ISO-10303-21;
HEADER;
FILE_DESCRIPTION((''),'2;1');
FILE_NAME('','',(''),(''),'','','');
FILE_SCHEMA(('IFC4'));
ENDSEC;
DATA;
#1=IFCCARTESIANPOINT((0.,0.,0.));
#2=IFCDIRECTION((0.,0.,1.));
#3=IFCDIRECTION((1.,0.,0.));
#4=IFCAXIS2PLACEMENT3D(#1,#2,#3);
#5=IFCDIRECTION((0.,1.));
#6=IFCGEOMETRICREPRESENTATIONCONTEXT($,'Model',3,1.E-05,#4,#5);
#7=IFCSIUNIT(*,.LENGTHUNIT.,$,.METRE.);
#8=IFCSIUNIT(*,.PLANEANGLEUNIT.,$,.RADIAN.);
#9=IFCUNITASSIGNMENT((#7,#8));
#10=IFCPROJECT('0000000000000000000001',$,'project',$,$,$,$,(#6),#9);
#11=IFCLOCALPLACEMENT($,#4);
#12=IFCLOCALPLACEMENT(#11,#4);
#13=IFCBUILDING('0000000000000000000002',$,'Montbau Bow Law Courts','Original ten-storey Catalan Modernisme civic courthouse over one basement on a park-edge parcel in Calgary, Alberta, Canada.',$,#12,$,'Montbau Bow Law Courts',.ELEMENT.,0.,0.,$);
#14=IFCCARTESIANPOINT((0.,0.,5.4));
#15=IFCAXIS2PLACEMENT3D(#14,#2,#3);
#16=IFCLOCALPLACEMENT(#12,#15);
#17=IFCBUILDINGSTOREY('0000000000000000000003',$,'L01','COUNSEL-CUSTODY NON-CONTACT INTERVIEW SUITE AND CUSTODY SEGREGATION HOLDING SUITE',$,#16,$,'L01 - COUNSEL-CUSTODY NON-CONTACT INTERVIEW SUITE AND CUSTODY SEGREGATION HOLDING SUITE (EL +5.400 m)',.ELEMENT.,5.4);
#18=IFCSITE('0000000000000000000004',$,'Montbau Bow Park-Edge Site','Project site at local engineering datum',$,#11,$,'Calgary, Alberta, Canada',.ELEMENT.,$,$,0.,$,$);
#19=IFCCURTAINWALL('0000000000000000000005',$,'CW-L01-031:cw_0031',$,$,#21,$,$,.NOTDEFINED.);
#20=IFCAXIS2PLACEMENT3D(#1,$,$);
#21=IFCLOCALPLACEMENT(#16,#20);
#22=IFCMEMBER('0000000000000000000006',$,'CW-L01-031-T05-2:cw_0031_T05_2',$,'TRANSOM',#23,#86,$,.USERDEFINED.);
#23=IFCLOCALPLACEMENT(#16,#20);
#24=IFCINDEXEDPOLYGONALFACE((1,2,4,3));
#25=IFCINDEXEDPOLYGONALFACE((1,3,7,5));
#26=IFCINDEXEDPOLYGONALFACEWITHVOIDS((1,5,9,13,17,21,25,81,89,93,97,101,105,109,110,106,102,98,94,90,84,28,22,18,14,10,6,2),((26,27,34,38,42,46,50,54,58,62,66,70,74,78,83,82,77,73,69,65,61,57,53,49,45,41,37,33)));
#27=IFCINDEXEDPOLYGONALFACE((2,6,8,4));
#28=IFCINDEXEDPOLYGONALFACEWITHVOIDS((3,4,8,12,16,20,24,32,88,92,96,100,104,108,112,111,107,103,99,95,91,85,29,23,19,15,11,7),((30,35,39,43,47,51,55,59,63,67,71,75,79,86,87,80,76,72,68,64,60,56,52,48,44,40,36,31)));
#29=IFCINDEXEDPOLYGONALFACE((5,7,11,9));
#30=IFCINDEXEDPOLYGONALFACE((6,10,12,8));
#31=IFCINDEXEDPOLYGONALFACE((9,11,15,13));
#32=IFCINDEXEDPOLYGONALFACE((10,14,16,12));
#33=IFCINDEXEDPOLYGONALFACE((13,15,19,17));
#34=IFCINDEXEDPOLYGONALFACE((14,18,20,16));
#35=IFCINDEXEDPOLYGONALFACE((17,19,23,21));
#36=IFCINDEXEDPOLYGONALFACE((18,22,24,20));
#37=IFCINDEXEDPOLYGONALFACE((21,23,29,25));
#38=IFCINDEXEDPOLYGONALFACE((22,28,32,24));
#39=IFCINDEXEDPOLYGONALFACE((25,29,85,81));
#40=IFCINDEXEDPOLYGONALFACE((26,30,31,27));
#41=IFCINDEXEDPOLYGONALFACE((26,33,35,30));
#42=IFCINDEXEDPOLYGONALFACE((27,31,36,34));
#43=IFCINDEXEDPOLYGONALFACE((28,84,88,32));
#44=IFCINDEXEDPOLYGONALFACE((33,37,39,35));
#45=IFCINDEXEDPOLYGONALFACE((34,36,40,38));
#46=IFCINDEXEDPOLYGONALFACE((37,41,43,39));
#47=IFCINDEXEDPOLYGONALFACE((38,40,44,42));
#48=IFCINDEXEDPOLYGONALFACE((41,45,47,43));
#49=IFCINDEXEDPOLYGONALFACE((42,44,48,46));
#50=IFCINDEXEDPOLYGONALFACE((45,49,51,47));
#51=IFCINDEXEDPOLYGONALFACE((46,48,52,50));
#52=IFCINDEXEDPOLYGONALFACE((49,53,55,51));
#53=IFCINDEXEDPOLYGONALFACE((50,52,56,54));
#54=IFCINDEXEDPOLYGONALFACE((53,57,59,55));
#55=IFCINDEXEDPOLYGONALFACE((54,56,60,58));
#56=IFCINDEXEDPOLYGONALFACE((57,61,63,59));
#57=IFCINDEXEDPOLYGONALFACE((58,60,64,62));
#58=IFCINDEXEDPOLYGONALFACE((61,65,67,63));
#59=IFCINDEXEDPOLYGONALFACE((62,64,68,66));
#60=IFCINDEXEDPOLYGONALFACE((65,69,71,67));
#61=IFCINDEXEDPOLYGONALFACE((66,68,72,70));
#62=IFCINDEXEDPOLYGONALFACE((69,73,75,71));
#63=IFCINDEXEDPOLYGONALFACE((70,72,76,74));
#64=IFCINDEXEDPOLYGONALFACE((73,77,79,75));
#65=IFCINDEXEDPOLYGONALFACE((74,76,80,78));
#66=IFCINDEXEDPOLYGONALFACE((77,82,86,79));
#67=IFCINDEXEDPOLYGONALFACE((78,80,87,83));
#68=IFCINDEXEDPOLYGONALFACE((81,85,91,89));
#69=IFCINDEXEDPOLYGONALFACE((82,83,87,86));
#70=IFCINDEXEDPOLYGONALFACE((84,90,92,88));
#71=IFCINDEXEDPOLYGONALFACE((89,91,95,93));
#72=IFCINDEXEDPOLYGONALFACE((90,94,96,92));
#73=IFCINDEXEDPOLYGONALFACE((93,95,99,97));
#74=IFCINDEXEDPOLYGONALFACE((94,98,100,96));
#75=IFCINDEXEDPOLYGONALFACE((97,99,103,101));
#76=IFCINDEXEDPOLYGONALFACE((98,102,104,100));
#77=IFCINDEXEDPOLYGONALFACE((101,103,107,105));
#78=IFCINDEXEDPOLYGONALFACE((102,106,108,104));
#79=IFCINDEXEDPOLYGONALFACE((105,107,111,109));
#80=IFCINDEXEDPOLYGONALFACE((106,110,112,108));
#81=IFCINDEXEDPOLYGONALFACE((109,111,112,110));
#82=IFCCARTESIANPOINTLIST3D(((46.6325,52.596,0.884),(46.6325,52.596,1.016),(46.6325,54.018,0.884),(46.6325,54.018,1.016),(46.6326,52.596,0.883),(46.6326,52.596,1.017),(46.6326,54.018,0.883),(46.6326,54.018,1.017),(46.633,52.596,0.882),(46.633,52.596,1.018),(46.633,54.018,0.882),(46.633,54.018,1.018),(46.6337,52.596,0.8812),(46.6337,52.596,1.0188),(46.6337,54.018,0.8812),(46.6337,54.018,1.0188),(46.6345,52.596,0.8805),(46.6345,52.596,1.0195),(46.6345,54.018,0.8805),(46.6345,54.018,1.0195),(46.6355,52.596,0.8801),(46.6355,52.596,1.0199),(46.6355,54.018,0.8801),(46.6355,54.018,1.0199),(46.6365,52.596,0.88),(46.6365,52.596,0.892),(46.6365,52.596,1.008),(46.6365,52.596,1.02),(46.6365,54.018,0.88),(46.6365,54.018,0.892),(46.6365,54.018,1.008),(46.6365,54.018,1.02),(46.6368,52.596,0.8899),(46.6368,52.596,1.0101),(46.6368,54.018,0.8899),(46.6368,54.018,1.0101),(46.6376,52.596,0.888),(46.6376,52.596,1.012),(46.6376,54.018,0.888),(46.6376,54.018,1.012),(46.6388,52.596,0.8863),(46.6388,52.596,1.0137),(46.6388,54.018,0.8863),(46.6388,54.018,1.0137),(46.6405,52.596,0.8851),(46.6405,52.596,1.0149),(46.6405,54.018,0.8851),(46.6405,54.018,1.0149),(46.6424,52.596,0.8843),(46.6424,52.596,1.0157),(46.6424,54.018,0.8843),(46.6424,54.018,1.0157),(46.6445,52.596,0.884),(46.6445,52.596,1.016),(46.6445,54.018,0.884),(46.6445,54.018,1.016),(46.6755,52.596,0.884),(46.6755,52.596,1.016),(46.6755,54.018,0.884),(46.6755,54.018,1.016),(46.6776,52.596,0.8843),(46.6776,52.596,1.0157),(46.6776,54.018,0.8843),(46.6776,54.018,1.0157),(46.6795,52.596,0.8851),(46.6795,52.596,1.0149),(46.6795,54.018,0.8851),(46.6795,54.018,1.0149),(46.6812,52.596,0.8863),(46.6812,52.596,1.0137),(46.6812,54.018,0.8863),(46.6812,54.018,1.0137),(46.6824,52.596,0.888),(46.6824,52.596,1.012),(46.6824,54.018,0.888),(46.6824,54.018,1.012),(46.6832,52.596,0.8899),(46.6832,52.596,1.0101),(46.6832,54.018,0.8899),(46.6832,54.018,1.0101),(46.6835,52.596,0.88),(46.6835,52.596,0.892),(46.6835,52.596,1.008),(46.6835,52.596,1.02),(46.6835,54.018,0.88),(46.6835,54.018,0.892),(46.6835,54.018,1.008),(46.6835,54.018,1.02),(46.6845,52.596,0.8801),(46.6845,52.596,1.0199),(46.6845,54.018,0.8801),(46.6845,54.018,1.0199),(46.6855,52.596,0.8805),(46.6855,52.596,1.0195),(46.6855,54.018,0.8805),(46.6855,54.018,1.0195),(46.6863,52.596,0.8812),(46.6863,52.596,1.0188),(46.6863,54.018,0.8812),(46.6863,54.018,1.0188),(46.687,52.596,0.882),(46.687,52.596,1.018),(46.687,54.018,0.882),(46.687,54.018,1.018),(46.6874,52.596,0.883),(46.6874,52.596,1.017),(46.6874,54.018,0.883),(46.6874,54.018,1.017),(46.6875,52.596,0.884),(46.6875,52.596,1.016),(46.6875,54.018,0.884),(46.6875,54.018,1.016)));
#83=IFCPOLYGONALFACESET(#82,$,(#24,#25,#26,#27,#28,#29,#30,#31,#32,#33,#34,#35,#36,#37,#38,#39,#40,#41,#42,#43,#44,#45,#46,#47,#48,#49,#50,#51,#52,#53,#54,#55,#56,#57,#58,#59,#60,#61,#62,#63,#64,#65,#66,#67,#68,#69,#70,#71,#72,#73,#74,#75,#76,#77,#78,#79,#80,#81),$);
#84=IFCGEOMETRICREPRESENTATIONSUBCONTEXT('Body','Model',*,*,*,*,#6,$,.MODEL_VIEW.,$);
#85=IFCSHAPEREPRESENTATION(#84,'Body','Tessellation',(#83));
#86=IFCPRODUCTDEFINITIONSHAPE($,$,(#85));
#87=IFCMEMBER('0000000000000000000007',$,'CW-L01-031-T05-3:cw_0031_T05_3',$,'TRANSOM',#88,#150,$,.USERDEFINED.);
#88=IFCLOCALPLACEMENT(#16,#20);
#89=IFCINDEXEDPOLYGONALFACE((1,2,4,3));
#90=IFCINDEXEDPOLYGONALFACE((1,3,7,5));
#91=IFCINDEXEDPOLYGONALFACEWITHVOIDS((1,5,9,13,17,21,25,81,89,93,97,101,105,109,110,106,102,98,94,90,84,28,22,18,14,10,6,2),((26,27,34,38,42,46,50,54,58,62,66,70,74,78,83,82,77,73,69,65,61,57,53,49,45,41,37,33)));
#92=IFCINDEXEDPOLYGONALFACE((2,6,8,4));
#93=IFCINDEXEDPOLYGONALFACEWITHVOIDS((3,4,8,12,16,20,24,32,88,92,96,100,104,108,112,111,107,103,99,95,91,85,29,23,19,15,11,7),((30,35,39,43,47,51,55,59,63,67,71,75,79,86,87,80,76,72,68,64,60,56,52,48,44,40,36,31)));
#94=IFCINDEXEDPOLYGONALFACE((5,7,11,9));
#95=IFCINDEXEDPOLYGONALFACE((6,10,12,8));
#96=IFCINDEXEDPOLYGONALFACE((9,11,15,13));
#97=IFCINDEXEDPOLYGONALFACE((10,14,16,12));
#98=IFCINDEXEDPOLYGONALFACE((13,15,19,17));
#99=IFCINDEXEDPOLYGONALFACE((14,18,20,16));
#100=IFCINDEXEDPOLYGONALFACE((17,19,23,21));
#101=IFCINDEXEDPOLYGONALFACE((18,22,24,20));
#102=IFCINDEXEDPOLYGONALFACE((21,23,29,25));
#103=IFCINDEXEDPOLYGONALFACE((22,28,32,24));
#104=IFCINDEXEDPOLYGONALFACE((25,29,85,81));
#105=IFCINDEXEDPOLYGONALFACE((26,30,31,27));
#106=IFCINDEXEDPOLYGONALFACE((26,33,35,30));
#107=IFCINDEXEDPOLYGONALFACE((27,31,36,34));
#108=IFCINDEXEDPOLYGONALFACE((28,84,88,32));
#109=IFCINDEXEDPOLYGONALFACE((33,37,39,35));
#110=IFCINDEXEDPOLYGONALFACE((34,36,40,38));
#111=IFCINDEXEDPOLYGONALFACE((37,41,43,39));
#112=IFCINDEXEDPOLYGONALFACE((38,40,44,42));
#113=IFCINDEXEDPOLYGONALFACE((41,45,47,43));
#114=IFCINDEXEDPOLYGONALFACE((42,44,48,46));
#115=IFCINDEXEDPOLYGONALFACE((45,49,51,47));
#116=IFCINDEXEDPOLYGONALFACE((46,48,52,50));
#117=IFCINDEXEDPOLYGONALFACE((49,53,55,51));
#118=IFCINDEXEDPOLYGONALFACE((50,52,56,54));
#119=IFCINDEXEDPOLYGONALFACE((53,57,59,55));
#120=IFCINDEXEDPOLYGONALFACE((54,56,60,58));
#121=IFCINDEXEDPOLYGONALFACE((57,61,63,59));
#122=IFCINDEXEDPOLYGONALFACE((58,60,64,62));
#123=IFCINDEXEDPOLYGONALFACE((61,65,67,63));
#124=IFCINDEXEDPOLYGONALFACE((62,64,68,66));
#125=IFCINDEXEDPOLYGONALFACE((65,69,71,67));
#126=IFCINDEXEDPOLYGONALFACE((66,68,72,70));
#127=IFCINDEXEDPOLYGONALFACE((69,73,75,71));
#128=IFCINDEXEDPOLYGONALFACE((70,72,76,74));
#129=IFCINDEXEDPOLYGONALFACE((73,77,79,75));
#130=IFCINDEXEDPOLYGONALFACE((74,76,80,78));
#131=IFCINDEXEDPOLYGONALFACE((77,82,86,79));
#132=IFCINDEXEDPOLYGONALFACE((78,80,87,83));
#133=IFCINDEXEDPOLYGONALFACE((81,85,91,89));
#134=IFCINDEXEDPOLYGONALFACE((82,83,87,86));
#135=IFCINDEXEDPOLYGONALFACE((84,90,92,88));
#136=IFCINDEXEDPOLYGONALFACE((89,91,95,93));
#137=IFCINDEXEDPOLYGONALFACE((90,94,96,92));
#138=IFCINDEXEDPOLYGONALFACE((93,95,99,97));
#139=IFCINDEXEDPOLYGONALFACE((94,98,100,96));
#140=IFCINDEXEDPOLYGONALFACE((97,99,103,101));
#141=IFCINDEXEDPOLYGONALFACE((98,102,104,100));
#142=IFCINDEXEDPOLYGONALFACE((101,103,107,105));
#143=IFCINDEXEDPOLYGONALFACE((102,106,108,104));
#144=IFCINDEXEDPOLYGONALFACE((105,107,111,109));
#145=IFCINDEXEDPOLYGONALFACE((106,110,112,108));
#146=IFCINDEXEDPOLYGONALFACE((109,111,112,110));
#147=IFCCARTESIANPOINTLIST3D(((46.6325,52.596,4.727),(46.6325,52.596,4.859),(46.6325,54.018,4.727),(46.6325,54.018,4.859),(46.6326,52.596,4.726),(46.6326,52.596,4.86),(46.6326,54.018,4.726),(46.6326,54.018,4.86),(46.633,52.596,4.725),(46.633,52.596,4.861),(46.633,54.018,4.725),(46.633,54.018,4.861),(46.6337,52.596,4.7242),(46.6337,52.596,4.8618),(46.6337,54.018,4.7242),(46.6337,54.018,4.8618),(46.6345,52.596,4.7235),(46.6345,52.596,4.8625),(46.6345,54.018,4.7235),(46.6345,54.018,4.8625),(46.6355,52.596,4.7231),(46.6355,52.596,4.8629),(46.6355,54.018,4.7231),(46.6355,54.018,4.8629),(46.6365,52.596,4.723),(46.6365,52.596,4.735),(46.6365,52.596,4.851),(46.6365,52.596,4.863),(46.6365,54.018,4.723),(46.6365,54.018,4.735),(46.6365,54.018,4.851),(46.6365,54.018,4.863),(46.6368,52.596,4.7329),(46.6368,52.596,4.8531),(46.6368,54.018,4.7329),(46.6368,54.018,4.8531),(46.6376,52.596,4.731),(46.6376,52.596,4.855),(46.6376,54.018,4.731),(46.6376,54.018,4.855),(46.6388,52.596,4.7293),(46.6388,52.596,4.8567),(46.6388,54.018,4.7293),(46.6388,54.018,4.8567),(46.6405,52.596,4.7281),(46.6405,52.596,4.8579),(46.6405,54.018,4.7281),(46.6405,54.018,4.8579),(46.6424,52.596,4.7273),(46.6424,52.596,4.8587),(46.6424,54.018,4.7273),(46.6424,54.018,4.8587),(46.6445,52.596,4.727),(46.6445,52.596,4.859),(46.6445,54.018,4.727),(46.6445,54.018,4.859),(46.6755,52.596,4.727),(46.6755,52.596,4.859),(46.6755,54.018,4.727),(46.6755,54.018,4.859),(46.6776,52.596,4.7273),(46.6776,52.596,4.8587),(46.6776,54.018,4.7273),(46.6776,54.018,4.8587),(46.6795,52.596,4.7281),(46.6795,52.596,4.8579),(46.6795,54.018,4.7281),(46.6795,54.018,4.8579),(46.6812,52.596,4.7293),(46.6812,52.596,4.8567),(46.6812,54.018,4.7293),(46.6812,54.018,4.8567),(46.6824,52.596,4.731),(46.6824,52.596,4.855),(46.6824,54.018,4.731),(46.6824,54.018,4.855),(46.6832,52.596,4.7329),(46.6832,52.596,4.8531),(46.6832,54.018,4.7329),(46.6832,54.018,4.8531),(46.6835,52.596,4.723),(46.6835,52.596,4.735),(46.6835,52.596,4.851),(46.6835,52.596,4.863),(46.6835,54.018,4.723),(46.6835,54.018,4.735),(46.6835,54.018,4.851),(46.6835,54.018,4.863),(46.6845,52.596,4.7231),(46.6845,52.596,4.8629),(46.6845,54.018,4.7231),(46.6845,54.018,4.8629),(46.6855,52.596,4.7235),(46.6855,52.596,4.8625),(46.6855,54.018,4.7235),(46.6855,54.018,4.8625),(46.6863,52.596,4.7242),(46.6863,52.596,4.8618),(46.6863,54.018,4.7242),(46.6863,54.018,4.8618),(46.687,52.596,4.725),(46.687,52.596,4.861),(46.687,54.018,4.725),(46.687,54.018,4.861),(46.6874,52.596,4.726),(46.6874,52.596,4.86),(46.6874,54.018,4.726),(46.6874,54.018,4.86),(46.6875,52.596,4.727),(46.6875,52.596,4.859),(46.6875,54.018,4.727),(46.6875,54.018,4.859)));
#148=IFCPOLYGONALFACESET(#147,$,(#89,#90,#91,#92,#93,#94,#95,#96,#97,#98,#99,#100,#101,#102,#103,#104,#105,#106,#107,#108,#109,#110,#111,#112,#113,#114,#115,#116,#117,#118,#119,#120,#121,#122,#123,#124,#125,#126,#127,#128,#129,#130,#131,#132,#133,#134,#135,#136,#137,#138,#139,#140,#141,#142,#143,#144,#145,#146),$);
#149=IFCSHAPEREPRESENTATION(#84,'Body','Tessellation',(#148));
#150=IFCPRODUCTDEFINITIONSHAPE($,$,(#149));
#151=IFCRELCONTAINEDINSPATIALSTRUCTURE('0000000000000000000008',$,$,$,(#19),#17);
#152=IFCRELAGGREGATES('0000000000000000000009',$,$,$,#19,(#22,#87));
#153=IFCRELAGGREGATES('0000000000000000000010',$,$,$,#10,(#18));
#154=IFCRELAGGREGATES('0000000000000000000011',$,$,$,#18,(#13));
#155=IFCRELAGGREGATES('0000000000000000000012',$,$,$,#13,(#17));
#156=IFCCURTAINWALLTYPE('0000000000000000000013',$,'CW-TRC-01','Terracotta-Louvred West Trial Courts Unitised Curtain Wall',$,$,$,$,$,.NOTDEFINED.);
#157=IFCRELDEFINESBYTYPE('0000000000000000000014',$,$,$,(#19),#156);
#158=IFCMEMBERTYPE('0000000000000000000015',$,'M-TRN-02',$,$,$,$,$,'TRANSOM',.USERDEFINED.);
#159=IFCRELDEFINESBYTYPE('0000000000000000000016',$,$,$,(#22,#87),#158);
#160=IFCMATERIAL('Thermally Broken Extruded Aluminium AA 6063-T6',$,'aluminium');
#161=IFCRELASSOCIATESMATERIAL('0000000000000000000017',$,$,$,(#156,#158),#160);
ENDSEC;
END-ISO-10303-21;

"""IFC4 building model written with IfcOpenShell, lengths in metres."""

from ifc_helpers import new_model, si_unit, direction, frame, origin_with_axes, origin_2d_with_axis, place, context, subcontext, project, spatial, hollow_rectangle, extrude, material, material_profile, profile_set, type_object, element, aggregate, save


model = new_model("IFC4")

# Units and contexts
model_context = context("Model", 3, precision=1e-05, world=origin_with_axes(), true_north=direction((0.0, 1.0)))
body_context = subcontext(model_context, "Body", "Model", "MODEL_VIEW")
ifc_project = project(units=[si_unit("LENGTHUNIT", "METRE"), si_unit("PLANEANGLEUNIT", "RADIAN")], contexts=[model_context])

# Site, building, storey
site_placement = place(None, origin_with_axes())
site = spatial("IfcSite", under=ifc_project, at=site_placement, Name="Montbau Bow Park-Edge Site", Description="Project site at local engineering datum", LongName="Calgary, Alberta, Canada", CompositionType="ELEMENT", RefElevation=0.0)
building_placement = place(site_placement, origin_with_axes())
building = spatial("IfcBuilding", under=site, at=building_placement, Name="Montbau Bow Law Courts", Description="Original ten-storey Catalan Modernisme civic courthouse over one basement on a park-edge parcel in Calgary, Alberta, Canada.", LongName="Montbau Bow Law Courts", CompositionType="ELEMENT", ElevationOfRefHeight=0.0, ElevationOfTerrain=0.0)
storey_placement = place(building_placement, frame((0.0, 0.0, 5.4), z_axis=(0.0, 0.0, 1.0), x_axis=(1.0, 0.0, 0.0)))
storey = spatial("IfcBuildingStorey", under=building, at=storey_placement, Name="L01", Description="COUNSEL-CUSTODY NON-CONTACT INTERVIEW SUITE AND CUSTODY SEGREGATION HOLDING SUITE", LongName="L01 - COUNSEL-CUSTODY NON-CONTACT INTERVIEW SUITE AND CUSTODY SEGREGATION HOLDING SUITE (EL +5.400 m)", CompositionType="ELEMENT", Elevation=5.4)

# Curtain wall
ifc_material_1 = material(Name="Thermally Broken Extruded Aluminium AA 6063-T6", Category="aluminium")
curtain_wall_type_1 = type_object("IfcCurtainWallType", Name="CW-TRC-01", Description="Terracotta-Louvred West Trial Courts Unitised Curtain Wall", PredefinedType="NOTDEFINED", material=ifc_material_1)
curtain_wall_1_placement = place(None, frame((46.66, 46.468, 5.4), z_axis=(0.0, 0.0, 1.0), x_axis=(1.0, 0.0, 0.0)))
curtain_wall_1 = element("IfcCurtainWall", 1, at=curtain_wall_1_placement, inside=storey, type_object=curtain_wall_type_1, Name="CW-L01-031:cw_0031", PredefinedType="NOTDEFINED")

# Members
ifc_material_profile_1 = material_profile(ifc_material_1, hollow_rectangle(XDim=0.055, YDim=0.14, WallThickness=0.004, InnerFilletRadius=0.008, OuterFilletRadius=0.004, at=origin_2d_with_axis()), Name="CWT-140X55", Category="Main", Priority=0)
ifc_profile_set_1 = profile_set([ifc_material_profile_1], Name="Thermally Broken Extruded Aluminium AA 6063-T6")
member_type_1 = type_object("IfcMemberType", Name="M-TRN-02", ElementType="TRANSOM", PredefinedType="USERDEFINED", material=ifc_profile_set_1)
member_1_placement = place(None, frame((46.66, 52.596, 6.35), z_axis=(0.0, 1.0, 0.0), x_axis=(-1.0, 0.0, 0.0)))
member_1 = element("IfcMember", 2, at=member_1_placement, type_object=member_type_1, Name="CW-L01-031-T05-2:cw_0031_T05_2", ObjectType="TRANSOM", PredefinedType="USERDEFINED", context=body_context, shape_type="SweptSolid", body=[
    extrude(hollow_rectangle(XDim=0.055, YDim=0.14, WallThickness=0.004, InnerFilletRadius=0.008, OuterFilletRadius=0.004, at=origin_2d_with_axis()), origin_with_axes(), (0.0, 0.0, 1.0), 1.422),
])
member_2_placement = place(None, frame((46.66, 52.596, 10.193), z_axis=(0.0, 1.0, 0.0), x_axis=(-1.0, 0.0, 0.0)))
member_2 = element("IfcMember", 3, at=member_2_placement, type_object=member_type_1, Name="CW-L01-031-T05-3:cw_0031_T05_3", ObjectType="TRANSOM", PredefinedType="USERDEFINED", context=body_context, shape_type="SweptSolid", body=[
    extrude(hollow_rectangle(XDim=0.055, YDim=0.14, WallThickness=0.004, InnerFilletRadius=0.008, OuterFilletRadius=0.004, at=origin_2d_with_axis()), origin_with_axes(), (0.0, 0.0, 1.0), 1.422),
])

aggregate(curtain_wall_1, [member_1, member_2])

save(model, "model.ifc")
